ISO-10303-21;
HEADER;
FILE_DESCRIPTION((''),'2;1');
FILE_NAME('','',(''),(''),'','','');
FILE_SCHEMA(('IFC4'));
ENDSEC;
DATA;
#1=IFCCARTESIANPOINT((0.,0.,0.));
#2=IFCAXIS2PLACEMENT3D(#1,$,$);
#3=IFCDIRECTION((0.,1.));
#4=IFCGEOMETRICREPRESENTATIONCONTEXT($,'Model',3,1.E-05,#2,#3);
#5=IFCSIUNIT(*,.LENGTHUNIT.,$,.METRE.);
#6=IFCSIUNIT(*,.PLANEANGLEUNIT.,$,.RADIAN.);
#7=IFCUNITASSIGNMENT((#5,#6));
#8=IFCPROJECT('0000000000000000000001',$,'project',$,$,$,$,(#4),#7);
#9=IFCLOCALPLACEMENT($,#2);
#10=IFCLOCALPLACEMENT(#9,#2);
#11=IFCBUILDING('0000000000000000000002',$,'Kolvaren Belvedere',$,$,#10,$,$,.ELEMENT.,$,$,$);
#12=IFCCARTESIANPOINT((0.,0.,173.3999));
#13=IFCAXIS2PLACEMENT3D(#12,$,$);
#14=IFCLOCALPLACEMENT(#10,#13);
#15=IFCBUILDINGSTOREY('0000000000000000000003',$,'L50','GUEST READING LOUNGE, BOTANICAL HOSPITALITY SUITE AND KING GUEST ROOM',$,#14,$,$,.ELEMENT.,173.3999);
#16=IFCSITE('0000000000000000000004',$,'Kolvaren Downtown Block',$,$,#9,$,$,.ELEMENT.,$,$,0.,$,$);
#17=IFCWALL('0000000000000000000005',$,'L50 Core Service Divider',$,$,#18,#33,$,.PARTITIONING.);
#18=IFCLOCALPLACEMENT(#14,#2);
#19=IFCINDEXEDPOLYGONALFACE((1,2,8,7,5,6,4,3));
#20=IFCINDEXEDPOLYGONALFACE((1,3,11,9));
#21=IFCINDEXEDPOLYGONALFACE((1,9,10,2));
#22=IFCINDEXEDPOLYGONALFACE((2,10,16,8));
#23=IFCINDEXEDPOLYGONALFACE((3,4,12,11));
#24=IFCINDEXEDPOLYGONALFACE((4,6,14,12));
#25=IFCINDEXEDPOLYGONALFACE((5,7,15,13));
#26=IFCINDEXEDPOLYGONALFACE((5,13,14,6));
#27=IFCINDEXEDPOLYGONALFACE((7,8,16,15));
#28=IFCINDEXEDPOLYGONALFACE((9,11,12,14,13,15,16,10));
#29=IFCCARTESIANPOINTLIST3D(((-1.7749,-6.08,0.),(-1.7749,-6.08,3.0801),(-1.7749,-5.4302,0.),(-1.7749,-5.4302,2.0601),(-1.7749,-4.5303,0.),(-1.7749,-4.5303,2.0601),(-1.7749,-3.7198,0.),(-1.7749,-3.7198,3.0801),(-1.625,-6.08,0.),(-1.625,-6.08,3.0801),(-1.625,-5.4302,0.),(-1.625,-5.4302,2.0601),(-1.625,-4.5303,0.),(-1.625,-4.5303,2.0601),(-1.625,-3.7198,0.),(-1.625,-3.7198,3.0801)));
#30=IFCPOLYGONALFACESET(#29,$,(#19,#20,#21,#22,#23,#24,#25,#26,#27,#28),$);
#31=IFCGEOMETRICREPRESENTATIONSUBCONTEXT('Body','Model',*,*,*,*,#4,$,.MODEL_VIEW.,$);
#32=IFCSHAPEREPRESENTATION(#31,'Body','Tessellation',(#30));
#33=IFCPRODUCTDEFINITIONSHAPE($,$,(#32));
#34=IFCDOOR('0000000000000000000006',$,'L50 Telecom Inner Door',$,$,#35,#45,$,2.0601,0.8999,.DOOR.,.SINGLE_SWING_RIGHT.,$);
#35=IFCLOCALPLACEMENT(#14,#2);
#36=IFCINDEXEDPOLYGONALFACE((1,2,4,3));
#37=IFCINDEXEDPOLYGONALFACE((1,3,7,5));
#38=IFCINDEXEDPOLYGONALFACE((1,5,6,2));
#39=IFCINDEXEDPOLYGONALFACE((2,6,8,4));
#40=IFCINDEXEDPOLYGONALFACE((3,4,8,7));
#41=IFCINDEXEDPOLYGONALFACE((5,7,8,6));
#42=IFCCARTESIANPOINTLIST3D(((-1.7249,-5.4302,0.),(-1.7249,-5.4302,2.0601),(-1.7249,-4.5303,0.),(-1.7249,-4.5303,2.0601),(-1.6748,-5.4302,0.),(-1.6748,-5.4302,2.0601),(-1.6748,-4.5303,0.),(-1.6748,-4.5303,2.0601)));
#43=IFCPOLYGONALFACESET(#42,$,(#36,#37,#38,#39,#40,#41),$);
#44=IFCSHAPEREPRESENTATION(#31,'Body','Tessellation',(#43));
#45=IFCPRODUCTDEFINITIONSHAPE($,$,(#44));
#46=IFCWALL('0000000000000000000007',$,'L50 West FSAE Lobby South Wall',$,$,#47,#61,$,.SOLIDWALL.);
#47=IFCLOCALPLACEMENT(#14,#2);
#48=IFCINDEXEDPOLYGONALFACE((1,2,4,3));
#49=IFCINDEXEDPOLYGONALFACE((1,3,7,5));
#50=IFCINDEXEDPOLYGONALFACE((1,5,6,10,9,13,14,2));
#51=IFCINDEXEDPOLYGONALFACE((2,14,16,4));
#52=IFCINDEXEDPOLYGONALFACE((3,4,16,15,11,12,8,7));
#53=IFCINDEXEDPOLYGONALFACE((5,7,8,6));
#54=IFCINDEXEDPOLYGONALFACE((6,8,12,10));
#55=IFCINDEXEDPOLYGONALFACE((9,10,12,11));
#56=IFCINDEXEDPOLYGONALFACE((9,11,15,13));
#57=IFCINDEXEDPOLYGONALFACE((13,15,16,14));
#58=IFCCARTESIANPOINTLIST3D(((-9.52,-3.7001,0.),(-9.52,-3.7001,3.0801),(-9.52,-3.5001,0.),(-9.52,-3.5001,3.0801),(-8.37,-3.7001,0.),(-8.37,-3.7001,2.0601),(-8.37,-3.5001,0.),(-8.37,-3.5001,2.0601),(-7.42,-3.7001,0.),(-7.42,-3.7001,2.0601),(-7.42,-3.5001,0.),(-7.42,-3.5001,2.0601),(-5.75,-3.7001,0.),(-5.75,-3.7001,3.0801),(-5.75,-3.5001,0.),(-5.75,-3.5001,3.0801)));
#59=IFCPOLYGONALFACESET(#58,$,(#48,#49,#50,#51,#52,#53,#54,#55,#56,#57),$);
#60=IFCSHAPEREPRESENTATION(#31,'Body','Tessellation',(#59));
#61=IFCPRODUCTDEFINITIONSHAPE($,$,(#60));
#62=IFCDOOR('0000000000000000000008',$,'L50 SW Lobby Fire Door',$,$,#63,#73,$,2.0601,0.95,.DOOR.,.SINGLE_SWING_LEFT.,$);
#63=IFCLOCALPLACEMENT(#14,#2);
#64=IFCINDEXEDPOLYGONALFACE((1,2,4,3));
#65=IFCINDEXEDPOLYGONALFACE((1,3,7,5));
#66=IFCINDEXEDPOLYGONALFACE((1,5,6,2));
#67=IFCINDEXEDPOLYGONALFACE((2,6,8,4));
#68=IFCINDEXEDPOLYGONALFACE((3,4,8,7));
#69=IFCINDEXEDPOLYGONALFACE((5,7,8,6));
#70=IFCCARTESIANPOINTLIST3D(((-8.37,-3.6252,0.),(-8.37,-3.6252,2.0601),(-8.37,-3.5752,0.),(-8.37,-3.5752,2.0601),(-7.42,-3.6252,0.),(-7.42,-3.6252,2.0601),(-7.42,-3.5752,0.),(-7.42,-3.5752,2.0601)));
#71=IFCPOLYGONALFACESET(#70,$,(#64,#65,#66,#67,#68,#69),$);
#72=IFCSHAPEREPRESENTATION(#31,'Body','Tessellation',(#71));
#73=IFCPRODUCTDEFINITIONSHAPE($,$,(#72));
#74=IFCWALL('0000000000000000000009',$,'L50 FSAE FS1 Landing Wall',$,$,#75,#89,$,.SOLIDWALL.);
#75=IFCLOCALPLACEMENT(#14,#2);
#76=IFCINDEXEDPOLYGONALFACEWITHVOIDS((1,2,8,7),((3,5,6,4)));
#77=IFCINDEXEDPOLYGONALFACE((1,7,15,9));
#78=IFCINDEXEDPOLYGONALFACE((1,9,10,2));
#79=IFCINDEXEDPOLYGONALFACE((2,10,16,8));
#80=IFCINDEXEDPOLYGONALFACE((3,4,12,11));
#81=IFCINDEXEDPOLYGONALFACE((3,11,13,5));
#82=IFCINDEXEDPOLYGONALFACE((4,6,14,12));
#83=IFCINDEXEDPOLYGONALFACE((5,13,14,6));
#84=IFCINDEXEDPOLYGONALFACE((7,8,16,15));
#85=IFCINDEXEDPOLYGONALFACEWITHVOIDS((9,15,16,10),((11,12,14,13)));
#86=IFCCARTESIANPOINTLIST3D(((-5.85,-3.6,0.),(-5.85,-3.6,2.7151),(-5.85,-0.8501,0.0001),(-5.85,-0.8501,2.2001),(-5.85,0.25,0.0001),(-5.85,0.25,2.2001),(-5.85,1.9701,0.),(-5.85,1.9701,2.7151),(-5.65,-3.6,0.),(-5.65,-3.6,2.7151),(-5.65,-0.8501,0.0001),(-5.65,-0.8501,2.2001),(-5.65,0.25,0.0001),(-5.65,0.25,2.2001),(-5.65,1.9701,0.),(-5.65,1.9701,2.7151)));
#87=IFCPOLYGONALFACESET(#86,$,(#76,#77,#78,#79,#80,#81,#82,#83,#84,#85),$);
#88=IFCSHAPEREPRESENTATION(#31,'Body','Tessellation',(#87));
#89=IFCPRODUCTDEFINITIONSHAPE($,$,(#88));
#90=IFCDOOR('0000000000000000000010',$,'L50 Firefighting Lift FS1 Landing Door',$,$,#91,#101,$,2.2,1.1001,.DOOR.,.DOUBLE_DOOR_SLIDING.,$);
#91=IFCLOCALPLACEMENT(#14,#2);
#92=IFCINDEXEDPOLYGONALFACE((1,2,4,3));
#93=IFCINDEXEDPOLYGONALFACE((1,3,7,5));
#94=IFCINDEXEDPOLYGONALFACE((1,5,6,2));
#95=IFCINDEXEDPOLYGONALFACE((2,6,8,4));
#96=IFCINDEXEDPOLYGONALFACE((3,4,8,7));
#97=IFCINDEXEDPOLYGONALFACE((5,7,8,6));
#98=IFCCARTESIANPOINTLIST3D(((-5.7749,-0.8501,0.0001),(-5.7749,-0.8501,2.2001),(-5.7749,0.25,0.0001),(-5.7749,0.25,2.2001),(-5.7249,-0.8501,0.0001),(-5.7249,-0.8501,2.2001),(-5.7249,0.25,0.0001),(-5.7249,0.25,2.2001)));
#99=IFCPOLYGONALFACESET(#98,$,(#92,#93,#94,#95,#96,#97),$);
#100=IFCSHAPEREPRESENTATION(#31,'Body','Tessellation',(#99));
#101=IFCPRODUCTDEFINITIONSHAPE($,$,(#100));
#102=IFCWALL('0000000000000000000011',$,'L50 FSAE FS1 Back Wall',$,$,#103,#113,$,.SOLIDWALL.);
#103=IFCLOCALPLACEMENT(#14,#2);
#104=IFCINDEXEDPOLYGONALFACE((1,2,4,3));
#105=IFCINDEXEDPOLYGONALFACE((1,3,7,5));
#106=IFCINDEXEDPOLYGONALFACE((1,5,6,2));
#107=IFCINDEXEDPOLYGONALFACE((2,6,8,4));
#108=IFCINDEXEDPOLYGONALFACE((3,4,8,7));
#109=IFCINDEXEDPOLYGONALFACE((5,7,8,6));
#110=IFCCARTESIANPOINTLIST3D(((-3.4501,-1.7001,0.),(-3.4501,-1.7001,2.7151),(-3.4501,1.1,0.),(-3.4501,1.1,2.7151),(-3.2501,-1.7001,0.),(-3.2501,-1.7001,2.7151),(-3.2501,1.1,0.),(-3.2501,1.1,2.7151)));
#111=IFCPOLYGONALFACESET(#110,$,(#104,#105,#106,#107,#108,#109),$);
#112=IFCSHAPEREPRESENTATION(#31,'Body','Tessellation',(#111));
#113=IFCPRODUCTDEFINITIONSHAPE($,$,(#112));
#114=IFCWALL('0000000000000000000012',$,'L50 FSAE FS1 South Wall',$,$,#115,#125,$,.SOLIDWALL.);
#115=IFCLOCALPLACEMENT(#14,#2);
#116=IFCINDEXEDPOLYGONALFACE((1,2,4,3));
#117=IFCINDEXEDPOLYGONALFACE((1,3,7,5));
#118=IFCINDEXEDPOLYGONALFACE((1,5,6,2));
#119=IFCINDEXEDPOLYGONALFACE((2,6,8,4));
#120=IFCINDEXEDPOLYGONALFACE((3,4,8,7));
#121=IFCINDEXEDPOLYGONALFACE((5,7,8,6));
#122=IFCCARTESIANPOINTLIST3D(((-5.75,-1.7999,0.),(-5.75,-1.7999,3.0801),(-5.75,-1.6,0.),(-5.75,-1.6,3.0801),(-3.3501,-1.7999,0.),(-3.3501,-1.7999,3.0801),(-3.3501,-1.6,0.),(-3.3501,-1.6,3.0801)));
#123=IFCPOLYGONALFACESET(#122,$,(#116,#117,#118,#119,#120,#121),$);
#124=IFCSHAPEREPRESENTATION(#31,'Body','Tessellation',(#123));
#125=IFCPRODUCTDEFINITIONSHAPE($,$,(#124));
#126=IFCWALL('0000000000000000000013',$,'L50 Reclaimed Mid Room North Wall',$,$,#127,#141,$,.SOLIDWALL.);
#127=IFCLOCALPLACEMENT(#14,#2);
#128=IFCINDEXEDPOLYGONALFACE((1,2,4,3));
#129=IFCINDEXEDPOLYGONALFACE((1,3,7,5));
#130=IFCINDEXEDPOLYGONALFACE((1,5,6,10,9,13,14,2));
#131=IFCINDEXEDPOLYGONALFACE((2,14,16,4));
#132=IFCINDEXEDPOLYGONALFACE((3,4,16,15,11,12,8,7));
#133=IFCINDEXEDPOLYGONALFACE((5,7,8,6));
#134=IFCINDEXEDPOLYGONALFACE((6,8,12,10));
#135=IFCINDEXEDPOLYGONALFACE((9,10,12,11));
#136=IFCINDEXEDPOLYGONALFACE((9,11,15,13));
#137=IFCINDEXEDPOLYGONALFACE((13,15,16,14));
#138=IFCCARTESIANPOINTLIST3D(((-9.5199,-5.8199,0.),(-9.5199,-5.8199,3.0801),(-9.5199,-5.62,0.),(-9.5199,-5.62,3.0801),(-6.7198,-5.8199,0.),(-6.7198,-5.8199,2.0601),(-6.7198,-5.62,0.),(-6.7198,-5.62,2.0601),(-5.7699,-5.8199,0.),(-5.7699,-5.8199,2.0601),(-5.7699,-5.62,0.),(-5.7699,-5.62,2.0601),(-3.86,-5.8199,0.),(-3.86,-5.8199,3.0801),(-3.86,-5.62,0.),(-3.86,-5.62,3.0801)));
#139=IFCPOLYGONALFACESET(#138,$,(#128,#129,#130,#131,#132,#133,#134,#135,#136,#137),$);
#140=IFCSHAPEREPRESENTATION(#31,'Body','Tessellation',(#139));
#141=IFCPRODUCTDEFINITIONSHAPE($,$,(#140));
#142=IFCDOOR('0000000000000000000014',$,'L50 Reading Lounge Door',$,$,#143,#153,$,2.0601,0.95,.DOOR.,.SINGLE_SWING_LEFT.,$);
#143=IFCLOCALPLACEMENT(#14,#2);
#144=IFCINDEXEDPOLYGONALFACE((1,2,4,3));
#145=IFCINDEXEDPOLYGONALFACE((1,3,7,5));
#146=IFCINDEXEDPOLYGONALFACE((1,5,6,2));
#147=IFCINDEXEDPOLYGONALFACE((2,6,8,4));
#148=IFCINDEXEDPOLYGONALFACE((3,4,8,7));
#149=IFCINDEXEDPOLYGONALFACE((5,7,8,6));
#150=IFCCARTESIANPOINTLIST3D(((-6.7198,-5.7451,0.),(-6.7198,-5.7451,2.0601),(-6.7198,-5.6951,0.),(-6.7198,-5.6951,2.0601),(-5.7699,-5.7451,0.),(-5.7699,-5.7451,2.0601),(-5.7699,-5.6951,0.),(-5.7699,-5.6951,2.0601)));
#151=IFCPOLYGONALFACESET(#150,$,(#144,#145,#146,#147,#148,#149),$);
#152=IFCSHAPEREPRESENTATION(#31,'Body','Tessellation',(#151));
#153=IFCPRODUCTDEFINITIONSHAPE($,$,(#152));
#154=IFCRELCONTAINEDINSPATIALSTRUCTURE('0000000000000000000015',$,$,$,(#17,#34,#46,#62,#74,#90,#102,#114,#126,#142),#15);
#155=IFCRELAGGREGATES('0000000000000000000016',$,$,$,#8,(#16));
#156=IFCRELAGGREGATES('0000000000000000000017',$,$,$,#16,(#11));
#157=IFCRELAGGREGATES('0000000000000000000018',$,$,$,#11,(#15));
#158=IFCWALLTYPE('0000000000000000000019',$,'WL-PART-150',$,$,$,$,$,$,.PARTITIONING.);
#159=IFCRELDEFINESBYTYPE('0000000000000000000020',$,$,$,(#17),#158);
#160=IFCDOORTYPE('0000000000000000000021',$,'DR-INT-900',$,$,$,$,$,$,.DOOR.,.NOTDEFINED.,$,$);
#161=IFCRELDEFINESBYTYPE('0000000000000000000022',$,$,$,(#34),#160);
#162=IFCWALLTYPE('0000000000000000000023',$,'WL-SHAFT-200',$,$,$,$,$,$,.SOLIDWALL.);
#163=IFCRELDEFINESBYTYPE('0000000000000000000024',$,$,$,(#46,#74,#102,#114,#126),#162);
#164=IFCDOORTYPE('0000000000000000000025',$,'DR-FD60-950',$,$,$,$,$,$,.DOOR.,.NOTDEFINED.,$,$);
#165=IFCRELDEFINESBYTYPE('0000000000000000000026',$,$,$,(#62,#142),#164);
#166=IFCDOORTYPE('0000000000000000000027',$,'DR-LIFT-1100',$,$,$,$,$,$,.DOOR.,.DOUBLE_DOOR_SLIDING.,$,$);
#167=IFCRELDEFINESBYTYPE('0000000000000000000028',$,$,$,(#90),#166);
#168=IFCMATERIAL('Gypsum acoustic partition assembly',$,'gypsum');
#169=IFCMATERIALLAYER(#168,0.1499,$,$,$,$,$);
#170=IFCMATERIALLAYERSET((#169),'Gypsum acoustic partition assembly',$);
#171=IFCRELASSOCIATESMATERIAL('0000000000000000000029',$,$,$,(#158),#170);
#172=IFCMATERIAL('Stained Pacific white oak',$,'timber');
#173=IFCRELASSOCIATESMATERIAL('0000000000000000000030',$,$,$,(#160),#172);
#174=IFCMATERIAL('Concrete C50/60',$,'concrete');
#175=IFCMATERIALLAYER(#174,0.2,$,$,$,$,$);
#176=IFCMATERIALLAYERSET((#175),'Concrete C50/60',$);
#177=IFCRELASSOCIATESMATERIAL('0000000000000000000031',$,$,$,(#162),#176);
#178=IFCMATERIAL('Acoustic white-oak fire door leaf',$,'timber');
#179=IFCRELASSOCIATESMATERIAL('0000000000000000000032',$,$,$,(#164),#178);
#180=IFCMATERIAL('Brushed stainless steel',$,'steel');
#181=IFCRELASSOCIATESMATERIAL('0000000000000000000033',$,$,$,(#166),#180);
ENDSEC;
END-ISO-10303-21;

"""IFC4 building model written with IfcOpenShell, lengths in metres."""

from ifc_helpers import new_model, si_unit, direction, frame, frame_2d, origin, place, context, subcontext, project, spatial, rectangle, extrude, material, layer, layer_set, type_object, element, fill, save


model = new_model("IFC4")

# Units and contexts
model_context = context("Model", 3, precision=1e-05, world=origin(), true_north=direction((0.0, 1.0)))
body_context = subcontext(model_context, "Body", "Model", "MODEL_VIEW")
ifc_project = project(units=[si_unit("LENGTHUNIT", "METRE"), si_unit("PLANEANGLEUNIT", "RADIAN")], contexts=[model_context])

# Site, building, storey
site_placement = place(None, origin())
site = spatial("IfcSite", under=ifc_project, at=site_placement, Name="Kolvaren Downtown Block", CompositionType="ELEMENT", RefElevation=0.0)
building_placement = place(site_placement, origin())
building = spatial("IfcBuilding", under=site, at=building_placement, Name="Kolvaren Belvedere", CompositionType="ELEMENT")
storey_placement = place(building_placement, frame((0.0, 0.0, 173.3999)))
storey = spatial("IfcBuildingStorey", under=building, at=storey_placement, Name="L50", Description="GUEST READING LOUNGE, BOTANICAL HOSPITALITY SUITE AND KING GUEST ROOM", CompositionType="ELEMENT", Elevation=173.3999)

# Shared definitions
ifc_material_1 = material(Name="Gypsum acoustic partition assembly", Category="gypsum")
ifc_layer_1 = layer(ifc_material_1, 0.1499)
ifc_layer_set_1 = layer_set([ifc_layer_1], Name="Gypsum acoustic partition assembly")
wall_type_1 = type_object("IfcWallType", Name="WL-PART-150", PredefinedType="PARTITIONING", material=ifc_layer_set_1)

# Walls, openings, doors
wall_1_placement = place(storey_placement, frame((-1.7, -6.0801, 0.0), z_axis=(0.0, 0.0, 1.0), x_axis=(0.0, 1.0, 0.0)))
wall_1 = element("IfcWall", 1, at=wall_1_placement, inside=storey, type_object=wall_type_1, Name="L50 Core Service Divider", PredefinedType="PARTITIONING", context=body_context, shape_type="SweptSolid", body=[
    extrude(rectangle(XDim=2.3601, YDim=0.1499, at=frame_2d((1.1802, 0.0))), origin(), (0.0, 0.0, 1.0), 3.0801),
])
opening_1_placement = place(wall_1_placement, frame((0.6499, 0.0, 0.0)))
opening_1 = element("IfcOpeningElement", 2, at=opening_1_placement, cuts=wall_1, PredefinedType="OPENING", context=body_context, shape_type="SweptSolid", body=[
    extrude(rectangle(XDim=0.8999, YDim=2.0601, at=frame_2d((0.45, 1.03))), frame((0.0, 0.085, 0.0), z_axis=(0.0, -1.0, 0.0), x_axis=(1.0, 0.0, 0.0)), (0.0, 0.0, 1.0), 0.1699),
])
ifc_material_2 = material(Name="Stained Pacific white oak", Category="timber")
door_type_1 = type_object("IfcDoorType", Name="DR-INT-900", OperationType="NOTDEFINED", PredefinedType="DOOR", material=ifc_material_2)
door_1_placement = place(opening_1_placement, origin())
door_1 = element("IfcDoor", 3, at=door_1_placement, inside=storey, type_object=door_type_1, Name="L50 Telecom Inner Door", OperationType="SINGLE_SWING_RIGHT", OverallHeight=2.0601, OverallWidth=0.8999, PredefinedType="DOOR", context=body_context, shape_type="SweptSolid", body=[
    extrude(rectangle(XDim=0.8999, YDim=2.0601, at=frame_2d((0.45, 1.03))), frame((0.0, 0.0249, 0.0), z_axis=(0.0, -1.0, 0.0), x_axis=(1.0, 0.0, 0.0)), (0.0, 0.0, 1.0), 0.05),
])
fill(opening_1, door_1)
ifc_material_3 = material(Name="Concrete C50/60", Category="concrete")
ifc_layer_2 = layer(ifc_material_3, 0.2)
ifc_layer_set_2 = layer_set([ifc_layer_2], Name="Concrete C50/60")
wall_type_2 = type_object("IfcWallType", Name="WL-SHAFT-200", PredefinedType="SOLIDWALL", material=ifc_layer_set_2)
wall_2_placement = place(storey_placement, frame((-9.52, -3.6001, 0.0), z_axis=(0.0, 0.0, 1.0), x_axis=(1.0, 0.0, 0.0)))
wall_2 = element("IfcWall", 4, at=wall_2_placement, inside=storey, type_object=wall_type_2, Name="L50 West FSAE Lobby South Wall", PredefinedType="SOLIDWALL", context=body_context, shape_type="SweptSolid", body=[
    extrude(rectangle(XDim=3.77, YDim=0.2, at=frame_2d((1.885, 0.0))), origin(), (0.0, 0.0, 1.0), 3.0801),
])
opening_2_placement = place(wall_2_placement, frame((1.1499, 0.0, 0.0)))
opening_2 = element("IfcOpeningElement", 5, at=opening_2_placement, cuts=wall_2, PredefinedType="OPENING", context=body_context, shape_type="SweptSolid", body=[
    extrude(rectangle(XDim=0.95, YDim=2.0601, at=frame_2d((0.4751, 1.03))), frame((0.0, 0.1099, 0.0), z_axis=(0.0, -1.0, 0.0), x_axis=(1.0, 0.0, 0.0)), (0.0, 0.0, 1.0), 0.22),
])
ifc_material_4 = material(Name="Acoustic white-oak fire door leaf", Category="timber")
door_type_2 = type_object("IfcDoorType", Name="DR-FD60-950", OperationType="NOTDEFINED", PredefinedType="DOOR", material=ifc_material_4)
door_2_placement = place(opening_2_placement, origin())
door_2 = element("IfcDoor", 6, at=door_2_placement, inside=storey, type_object=door_type_2, Name="L50 SW Lobby Fire Door", OperationType="SINGLE_SWING_LEFT", OverallHeight=2.0601, OverallWidth=0.95, PredefinedType="DOOR", context=body_context, shape_type="SweptSolid", body=[
    extrude(rectangle(XDim=0.95, YDim=2.0601, at=frame_2d((0.4751, 1.03))), frame((0.0, 0.0249, 0.0), z_axis=(0.0, -1.0, 0.0), x_axis=(1.0, 0.0, 0.0)), (0.0, 0.0, 1.0), 0.05),
])
fill(opening_2, door_2)
wall_3_placement = place(storey_placement, frame((-5.75, -3.6001, 0.0), z_axis=(0.0, 0.0, 1.0), x_axis=(0.0, 1.0, 0.0)))
wall_3 = element("IfcWall", 7, at=wall_3_placement, inside=storey, type_object=wall_type_2, Name="L50 FSAE FS1 Landing Wall", PredefinedType="SOLIDWALL", context=body_context, shape_type="SweptSolid", body=[
    extrude(rectangle(XDim=5.5701, YDim=0.2, at=frame_2d((2.7852, 0.0))), origin(), (0.0, 0.0, 1.0), 2.7151),
])
opening_3_placement = place(wall_3_placement, frame((2.75, 0.0, 0.0)))
opening_3 = element("IfcOpeningElement", 8, at=opening_3_placement, cuts=wall_3, PredefinedType="OPENING", context=body_context, shape_type="SweptSolid", body=[
    extrude(rectangle(XDim=1.1001, YDim=2.2, at=frame_2d((0.55, 1.1001))), frame((0.0, 0.1099, 0.0), z_axis=(0.0, -1.0, 0.0), x_axis=(1.0, 0.0, 0.0)), (0.0, 0.0, 1.0), 0.22),
])
ifc_material_5 = material(Name="Brushed stainless steel", Category="steel")
door_type_3 = type_object("IfcDoorType", Name="DR-LIFT-1100", OperationType="DOUBLE_DOOR_SLIDING", PredefinedType="DOOR", material=ifc_material_5)
door_3_placement = place(opening_3_placement, origin())
door_3 = element("IfcDoor", 9, at=door_3_placement, inside=storey, type_object=door_type_3, Name="L50 Firefighting Lift FS1 Landing Door", OperationType="DOUBLE_DOOR_SLIDING", OverallHeight=2.2, OverallWidth=1.1001, PredefinedType="DOOR", context=body_context, shape_type="SweptSolid", body=[
    extrude(rectangle(XDim=1.1001, YDim=2.2, at=frame_2d((0.55, 1.1001))), frame((0.0, 0.0249, 0.0), z_axis=(0.0, -1.0, 0.0), x_axis=(1.0, 0.0, 0.0)), (0.0, 0.0, 1.0), 0.05),
])
fill(opening_3, door_3)

# Walls
wall_4_placement = place(storey_placement, frame((-3.3501, -1.7, 0.0), z_axis=(0.0, 0.0, 1.0), x_axis=(0.0, 1.0, 0.0)))
element("IfcWall", 10, at=wall_4_placement, inside=storey, type_object=wall_type_2, Name="L50 FSAE FS1 Back Wall", PredefinedType="SOLIDWALL", context=body_context, shape_type="SweptSolid", body=[
    extrude(rectangle(XDim=2.8, YDim=0.2, at=frame_2d((1.3999, 0.0))), origin(), (0.0, 0.0, 1.0), 2.7151),
])
wall_5_placement = place(storey_placement, frame((-5.75, -1.7, 0.0), z_axis=(0.0, 0.0, 1.0), x_axis=(1.0, 0.0, 0.0)))
element("IfcWall", 11, at=wall_5_placement, inside=storey, type_object=wall_type_2, Name="L50 FSAE FS1 South Wall", PredefinedType="SOLIDWALL", context=body_context, shape_type="SweptSolid", body=[
    extrude(rectangle(XDim=2.3999, YDim=0.2, at=frame_2d((1.2, 0.0))), origin(), (0.0, 0.0, 1.0), 3.0801),
])

# Wall, opening, door
wall_6_placement = place(storey_placement, frame((-9.52, -5.72, 0.0), z_axis=(0.0, 0.0, 1.0), x_axis=(1.0, 0.0, 0.0)))
wall_6 = element("IfcWall", 12, at=wall_6_placement, inside=storey, type_object=wall_type_2, Name="L50 Reclaimed Mid Room North Wall", PredefinedType="SOLIDWALL", context=body_context, shape_type="SweptSolid", body=[
    extrude(rectangle(XDim=5.6599, YDim=0.2, at=frame_2d((2.8301, 0.0))), origin(), (0.0, 0.0, 1.0), 3.0801),
])
opening_4_placement = place(wall_6_placement, frame((2.8, 0.0, 0.0)))
opening_4 = element("IfcOpeningElement", 13, at=opening_4_placement, cuts=wall_6, PredefinedType="OPENING", context=body_context, shape_type="SweptSolid", body=[
    extrude(rectangle(XDim=0.95, YDim=2.0601, at=frame_2d((0.4751, 1.03))), frame((0.0, 0.1099, 0.0), z_axis=(0.0, -1.0, 0.0), x_axis=(1.0, 0.0, 0.0)), (0.0, 0.0, 1.0), 0.22),
])
door_4_placement = place(opening_4_placement, origin())
door_4 = element("IfcDoor", 14, at=door_4_placement, inside=storey, type_object=door_type_2, Name="L50 Reading Lounge Door", OperationType="SINGLE_SWING_LEFT", OverallHeight=2.0601, OverallWidth=0.95, PredefinedType="DOOR", context=body_context, shape_type="SweptSolid", body=[
    extrude(rectangle(XDim=0.95, YDim=2.0601, at=frame_2d((0.4751, 1.03))), frame((0.0, 0.0249, 0.0), z_axis=(0.0, -1.0, 0.0), x_axis=(1.0, 0.0, 0.0)), (0.0, 0.0, 1.0), 0.05),
])
fill(opening_4, door_4)

save(model, "model.ifc")
